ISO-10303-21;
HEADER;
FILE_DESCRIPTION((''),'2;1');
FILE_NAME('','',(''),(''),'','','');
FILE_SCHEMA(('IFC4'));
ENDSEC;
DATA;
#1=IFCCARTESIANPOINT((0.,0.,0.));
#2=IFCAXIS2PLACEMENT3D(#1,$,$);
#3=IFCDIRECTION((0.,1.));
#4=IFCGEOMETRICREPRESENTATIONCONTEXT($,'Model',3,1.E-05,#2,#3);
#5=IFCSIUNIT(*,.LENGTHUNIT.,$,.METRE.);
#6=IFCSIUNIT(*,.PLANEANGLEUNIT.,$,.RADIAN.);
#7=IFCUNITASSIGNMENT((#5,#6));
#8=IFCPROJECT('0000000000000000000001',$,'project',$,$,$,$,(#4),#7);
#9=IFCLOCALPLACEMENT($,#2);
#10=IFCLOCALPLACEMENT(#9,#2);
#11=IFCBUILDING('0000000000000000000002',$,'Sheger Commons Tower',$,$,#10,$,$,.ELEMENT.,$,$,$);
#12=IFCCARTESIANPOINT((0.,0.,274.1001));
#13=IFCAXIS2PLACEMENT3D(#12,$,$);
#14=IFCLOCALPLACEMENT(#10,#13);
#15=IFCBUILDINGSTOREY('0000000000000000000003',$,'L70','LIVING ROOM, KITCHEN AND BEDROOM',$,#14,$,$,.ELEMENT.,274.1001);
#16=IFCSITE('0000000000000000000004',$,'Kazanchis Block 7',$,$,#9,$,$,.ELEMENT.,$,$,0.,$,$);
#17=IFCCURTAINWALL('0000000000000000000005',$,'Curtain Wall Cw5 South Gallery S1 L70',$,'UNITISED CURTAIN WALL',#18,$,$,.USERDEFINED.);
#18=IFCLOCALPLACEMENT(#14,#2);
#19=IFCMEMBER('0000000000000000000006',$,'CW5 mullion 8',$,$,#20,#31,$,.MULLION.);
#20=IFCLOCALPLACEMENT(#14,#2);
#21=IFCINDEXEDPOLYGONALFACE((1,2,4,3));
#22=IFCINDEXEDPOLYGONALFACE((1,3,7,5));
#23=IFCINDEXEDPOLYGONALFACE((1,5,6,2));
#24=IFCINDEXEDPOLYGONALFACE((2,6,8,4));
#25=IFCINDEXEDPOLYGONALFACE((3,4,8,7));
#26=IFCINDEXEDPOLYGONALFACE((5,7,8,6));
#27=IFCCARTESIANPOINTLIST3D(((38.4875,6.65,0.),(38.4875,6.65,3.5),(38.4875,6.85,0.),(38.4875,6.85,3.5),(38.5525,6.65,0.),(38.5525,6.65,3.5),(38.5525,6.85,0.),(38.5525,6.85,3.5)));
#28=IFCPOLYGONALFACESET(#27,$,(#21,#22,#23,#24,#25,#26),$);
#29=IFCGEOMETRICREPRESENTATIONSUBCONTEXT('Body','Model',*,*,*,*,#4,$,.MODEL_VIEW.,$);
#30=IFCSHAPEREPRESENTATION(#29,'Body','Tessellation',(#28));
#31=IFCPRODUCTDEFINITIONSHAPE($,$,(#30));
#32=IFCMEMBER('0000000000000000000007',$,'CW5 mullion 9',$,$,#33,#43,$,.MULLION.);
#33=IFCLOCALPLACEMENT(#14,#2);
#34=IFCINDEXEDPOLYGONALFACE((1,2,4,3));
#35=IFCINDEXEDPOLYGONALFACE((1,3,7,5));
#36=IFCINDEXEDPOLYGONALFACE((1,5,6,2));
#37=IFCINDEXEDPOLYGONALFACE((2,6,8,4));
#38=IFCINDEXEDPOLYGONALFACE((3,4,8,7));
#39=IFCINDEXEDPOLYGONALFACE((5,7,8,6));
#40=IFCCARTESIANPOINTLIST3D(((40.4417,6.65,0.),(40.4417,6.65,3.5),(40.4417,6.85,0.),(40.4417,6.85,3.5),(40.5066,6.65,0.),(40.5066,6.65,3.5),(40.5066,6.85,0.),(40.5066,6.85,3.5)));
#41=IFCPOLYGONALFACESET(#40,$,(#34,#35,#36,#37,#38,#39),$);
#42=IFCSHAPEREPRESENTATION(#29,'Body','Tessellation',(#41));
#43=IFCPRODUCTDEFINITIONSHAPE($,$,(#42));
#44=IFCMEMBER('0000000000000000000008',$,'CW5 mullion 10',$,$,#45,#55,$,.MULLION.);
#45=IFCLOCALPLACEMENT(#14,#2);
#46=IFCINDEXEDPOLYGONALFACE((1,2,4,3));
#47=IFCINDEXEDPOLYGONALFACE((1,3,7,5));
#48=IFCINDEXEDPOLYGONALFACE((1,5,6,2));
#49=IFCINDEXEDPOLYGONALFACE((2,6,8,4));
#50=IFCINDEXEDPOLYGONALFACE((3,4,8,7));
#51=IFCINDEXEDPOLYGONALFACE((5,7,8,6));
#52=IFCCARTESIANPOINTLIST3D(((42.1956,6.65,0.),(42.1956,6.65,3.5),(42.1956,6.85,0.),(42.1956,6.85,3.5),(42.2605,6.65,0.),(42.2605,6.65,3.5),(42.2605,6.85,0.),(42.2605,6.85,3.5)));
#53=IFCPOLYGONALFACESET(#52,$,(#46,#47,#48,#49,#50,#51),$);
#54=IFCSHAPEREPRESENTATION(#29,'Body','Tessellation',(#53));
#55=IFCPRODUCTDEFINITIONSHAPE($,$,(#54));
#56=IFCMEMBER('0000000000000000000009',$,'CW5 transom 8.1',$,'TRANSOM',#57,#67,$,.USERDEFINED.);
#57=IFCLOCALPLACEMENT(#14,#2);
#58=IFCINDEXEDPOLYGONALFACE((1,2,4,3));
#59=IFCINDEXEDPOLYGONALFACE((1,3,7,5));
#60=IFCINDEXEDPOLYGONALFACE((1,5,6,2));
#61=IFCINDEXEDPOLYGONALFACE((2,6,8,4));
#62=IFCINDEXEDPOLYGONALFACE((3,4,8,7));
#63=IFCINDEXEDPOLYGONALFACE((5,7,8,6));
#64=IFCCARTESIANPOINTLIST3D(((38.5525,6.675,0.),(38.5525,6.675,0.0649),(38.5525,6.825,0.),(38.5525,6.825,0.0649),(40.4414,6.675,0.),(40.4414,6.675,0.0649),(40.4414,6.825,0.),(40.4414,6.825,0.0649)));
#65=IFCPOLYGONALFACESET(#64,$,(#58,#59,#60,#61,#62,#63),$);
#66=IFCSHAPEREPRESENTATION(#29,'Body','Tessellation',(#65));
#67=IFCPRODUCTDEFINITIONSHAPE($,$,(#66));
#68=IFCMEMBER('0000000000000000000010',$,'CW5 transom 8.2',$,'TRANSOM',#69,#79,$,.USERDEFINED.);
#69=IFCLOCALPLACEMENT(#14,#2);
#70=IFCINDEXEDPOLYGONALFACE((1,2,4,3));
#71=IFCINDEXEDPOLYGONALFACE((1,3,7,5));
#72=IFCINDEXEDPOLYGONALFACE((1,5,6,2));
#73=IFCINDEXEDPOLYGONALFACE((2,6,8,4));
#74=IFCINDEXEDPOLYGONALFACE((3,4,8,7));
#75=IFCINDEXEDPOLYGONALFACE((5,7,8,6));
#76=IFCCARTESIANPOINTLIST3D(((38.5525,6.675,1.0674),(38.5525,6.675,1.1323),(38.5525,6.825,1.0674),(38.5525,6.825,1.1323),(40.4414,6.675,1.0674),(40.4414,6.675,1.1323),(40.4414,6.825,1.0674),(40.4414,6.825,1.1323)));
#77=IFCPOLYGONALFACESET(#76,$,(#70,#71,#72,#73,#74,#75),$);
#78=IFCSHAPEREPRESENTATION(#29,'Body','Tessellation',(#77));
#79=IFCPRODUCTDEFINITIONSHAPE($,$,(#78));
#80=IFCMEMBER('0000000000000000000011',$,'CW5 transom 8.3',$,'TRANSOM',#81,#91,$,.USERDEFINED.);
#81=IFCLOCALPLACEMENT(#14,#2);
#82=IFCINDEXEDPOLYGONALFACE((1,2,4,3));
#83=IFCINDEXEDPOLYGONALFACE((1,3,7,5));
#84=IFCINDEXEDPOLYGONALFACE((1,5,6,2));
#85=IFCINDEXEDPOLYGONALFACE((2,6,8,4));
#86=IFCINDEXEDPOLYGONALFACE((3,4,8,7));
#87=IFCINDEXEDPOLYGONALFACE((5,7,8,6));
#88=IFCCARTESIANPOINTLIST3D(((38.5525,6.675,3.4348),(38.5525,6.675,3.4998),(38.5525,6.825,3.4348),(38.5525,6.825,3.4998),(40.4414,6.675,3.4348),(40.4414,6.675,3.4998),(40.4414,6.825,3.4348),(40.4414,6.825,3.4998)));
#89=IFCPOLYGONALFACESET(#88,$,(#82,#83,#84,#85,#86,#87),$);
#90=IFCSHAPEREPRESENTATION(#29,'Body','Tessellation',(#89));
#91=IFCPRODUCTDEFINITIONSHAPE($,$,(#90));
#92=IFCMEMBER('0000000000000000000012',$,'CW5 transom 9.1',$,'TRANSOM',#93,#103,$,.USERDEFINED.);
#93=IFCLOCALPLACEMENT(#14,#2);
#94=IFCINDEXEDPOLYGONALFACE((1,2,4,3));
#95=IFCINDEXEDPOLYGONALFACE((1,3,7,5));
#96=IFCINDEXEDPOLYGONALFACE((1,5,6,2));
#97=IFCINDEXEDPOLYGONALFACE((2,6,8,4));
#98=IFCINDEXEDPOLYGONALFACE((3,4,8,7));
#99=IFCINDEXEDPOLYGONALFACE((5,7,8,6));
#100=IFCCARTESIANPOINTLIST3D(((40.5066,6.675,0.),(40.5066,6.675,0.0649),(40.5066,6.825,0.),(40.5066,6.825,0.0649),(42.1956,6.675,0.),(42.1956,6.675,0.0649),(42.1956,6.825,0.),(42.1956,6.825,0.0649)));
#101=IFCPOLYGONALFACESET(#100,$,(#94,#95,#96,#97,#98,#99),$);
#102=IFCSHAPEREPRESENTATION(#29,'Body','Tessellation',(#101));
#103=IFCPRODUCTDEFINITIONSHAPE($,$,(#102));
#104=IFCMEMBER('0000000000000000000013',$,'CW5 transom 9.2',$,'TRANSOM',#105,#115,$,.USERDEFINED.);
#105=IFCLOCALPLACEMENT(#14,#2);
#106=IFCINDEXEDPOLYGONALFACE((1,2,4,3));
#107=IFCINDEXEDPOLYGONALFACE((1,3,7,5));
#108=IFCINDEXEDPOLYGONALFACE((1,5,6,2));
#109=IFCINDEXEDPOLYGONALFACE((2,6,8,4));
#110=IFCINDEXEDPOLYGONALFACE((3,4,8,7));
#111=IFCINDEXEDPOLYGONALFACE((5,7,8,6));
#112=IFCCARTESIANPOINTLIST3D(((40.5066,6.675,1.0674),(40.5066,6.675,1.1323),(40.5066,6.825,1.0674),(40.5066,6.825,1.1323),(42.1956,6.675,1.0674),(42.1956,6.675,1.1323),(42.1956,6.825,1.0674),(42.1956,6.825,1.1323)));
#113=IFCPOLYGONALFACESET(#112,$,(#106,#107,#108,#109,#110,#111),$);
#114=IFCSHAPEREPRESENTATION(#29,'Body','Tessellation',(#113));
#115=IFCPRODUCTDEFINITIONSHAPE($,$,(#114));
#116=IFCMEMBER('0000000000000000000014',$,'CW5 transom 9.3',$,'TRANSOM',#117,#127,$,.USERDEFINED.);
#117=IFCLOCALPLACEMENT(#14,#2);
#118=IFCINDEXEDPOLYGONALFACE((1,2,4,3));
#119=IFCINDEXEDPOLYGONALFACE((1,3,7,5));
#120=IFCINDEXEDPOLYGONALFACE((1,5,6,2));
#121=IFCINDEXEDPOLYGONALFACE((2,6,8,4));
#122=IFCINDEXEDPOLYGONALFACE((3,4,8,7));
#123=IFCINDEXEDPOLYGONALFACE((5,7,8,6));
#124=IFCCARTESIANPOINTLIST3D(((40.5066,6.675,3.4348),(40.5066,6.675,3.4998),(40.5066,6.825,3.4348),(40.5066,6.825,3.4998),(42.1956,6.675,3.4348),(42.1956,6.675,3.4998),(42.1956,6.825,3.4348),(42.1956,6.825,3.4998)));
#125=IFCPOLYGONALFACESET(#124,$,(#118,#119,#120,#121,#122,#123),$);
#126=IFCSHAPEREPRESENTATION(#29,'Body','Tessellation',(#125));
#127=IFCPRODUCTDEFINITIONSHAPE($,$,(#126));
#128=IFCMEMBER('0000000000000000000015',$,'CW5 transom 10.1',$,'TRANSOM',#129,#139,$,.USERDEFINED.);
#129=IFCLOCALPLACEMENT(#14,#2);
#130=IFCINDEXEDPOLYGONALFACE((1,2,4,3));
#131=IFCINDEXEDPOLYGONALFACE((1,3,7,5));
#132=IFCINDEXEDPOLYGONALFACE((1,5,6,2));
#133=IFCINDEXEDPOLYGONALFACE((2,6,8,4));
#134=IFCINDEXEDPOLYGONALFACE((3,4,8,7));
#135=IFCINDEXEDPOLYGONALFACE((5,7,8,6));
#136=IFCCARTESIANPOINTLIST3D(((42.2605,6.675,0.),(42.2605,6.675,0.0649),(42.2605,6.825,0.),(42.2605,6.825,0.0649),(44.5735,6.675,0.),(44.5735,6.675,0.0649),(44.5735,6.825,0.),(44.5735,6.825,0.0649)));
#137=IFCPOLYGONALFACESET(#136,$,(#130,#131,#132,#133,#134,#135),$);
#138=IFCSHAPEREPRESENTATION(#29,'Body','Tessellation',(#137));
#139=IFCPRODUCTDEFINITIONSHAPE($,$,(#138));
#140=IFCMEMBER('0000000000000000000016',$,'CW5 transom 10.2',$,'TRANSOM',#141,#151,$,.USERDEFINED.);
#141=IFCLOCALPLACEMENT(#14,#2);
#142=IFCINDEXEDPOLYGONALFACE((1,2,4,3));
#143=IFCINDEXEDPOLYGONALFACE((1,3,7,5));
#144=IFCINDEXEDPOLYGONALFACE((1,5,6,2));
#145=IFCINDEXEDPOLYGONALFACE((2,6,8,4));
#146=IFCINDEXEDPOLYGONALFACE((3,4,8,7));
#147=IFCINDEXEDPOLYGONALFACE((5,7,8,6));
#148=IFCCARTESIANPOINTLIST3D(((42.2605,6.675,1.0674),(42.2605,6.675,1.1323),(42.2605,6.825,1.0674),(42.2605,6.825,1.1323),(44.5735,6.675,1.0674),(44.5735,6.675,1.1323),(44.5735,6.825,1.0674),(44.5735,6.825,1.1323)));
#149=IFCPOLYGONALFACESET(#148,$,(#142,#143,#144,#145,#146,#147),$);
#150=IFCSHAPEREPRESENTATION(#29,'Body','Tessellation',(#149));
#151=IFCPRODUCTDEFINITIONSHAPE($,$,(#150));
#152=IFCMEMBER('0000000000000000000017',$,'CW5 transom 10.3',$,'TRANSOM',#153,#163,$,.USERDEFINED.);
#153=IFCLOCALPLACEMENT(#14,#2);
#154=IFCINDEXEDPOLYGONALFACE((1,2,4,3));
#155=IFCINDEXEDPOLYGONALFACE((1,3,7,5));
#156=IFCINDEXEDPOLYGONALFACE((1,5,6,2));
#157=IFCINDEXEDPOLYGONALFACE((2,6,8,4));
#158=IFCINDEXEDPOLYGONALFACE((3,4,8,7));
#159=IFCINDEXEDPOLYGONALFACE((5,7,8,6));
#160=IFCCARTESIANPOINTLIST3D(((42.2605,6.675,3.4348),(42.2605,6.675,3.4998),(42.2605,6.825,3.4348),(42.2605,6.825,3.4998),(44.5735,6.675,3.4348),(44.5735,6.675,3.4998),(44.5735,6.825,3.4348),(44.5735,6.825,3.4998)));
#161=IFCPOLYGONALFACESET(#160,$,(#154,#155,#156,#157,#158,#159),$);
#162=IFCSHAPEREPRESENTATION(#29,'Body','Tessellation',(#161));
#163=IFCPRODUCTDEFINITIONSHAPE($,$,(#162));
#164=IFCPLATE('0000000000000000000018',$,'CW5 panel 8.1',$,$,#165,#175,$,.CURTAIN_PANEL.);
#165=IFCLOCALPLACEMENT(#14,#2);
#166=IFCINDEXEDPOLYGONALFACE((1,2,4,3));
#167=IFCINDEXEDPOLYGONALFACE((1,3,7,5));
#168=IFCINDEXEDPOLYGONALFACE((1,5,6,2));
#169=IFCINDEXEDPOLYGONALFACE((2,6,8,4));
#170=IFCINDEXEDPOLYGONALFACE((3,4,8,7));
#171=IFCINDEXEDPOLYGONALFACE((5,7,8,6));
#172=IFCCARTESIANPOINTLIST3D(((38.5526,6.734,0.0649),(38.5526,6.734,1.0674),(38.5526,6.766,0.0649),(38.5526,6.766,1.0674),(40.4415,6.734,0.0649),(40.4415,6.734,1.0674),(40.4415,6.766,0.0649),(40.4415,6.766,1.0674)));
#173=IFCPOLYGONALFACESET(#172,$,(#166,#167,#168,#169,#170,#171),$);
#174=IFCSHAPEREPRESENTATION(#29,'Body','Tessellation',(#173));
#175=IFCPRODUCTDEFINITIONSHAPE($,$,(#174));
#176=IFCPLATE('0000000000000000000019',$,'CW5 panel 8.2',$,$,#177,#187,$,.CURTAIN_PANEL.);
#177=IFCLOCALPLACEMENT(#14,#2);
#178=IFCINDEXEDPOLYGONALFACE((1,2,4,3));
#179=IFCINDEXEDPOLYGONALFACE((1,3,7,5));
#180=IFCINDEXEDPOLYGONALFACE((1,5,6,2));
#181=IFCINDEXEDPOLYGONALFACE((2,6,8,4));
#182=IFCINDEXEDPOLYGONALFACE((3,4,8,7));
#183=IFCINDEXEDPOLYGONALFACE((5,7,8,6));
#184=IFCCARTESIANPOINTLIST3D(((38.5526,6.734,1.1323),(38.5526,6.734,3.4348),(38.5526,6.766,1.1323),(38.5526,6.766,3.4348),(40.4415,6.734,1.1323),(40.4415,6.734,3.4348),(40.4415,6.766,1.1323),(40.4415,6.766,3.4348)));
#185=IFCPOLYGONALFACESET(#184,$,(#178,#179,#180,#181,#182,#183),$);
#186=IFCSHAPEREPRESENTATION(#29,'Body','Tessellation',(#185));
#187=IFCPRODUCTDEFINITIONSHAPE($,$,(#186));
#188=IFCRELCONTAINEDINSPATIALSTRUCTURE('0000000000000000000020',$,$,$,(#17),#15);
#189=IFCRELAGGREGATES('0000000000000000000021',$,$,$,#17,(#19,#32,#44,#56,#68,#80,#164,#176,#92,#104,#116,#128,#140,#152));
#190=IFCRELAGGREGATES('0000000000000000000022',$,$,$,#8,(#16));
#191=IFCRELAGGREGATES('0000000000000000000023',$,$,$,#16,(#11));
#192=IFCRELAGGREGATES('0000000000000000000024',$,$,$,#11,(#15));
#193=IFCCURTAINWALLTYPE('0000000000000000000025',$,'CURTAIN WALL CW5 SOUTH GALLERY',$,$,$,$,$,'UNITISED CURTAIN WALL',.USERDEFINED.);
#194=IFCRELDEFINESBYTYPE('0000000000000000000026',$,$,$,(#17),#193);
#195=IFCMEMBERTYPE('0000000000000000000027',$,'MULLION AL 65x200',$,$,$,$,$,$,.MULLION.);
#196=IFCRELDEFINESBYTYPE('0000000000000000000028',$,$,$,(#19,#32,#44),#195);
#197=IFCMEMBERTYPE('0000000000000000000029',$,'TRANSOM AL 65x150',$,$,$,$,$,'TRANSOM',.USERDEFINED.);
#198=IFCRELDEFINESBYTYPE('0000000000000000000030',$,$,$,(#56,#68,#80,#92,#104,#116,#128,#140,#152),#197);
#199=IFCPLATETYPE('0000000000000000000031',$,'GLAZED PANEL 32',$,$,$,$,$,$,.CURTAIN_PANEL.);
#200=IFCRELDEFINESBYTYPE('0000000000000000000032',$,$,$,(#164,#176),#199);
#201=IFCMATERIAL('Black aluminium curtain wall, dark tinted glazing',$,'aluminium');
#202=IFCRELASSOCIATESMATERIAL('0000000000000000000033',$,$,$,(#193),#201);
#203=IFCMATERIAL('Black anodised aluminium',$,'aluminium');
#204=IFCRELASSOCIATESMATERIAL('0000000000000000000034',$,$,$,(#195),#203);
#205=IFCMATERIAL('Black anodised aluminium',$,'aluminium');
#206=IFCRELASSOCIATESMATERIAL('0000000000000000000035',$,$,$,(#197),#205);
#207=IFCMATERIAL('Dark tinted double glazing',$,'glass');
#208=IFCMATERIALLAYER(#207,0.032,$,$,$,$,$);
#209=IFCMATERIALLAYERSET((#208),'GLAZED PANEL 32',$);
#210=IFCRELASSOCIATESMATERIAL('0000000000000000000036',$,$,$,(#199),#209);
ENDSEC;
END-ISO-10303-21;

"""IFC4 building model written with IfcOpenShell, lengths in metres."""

from ifc_helpers import new_model, si_unit, direction, frame, origin, origin_2d, place, context, subcontext, project, spatial, rectangle, extrude, material, layer, layer_set, material_profile, profile_set, type_object, element, aggregate, save


model = new_model("IFC4")

# Units and contexts
model_context = context("Model", 3, precision=1e-05, world=origin(), true_north=direction((0.0, 1.0)))
body_context = subcontext(model_context, "Body", "Model", "MODEL_VIEW")
ifc_project = project(units=[si_unit("LENGTHUNIT", "METRE"), si_unit("PLANEANGLEUNIT", "RADIAN")], contexts=[model_context])

# Site, building, storey
site_placement = place(None, origin())
site = spatial("IfcSite", under=ifc_project, at=site_placement, Name="Kazanchis Block 7", CompositionType="ELEMENT", RefElevation=0.0)
building_placement = place(site_placement, origin())
building = spatial("IfcBuilding", under=site, at=building_placement, Name="Sheger Commons Tower", CompositionType="ELEMENT")
storey_placement = place(building_placement, frame((0.0, 0.0, 274.1001)))
storey = spatial("IfcBuildingStorey", under=building, at=storey_placement, Name="L70", Description="LIVING ROOM, KITCHEN AND BEDROOM", CompositionType="ELEMENT", Elevation=274.1001)

# Curtain wall, members, plates
ifc_material_1 = material(Name="Black aluminium curtain wall, dark tinted glazing", Category="aluminium")
curtain_wall_type = type_object("IfcCurtainWallType", Name="CURTAIN WALL CW5 SOUTH GALLERY", ElementType="UNITISED CURTAIN WALL", PredefinedType="USERDEFINED", material=ifc_material_1)
curtain_wall_placement = place(storey_placement, origin())
curtain_wall = element("IfcCurtainWall", 1, at=curtain_wall_placement, inside=storey, type_object=curtain_wall_type, Name="Curtain Wall Cw5 South Gallery S1 L70", ObjectType="UNITISED CURTAIN WALL", PredefinedType="USERDEFINED")
ifc_material_2 = material(Name="Black anodised aluminium", Category="aluminium")
ifc_material_profile_1 = material_profile(ifc_material_2, rectangle(XDim=0.2, YDim=0.0649, at=origin_2d()), Name="AL 65x200")
ifc_profile_set_1 = profile_set([ifc_material_profile_1], Name="Black anodised aluminium")
member_type_1 = type_object("IfcMemberType", Name="MULLION AL 65x200", PredefinedType="MULLION", material=ifc_profile_set_1)
member_1_placement = place(storey_placement, frame((38.52, 6.75, 0.0), z_axis=(0.0, 0.0, 1.0), x_axis=(0.0, 1.0, 0.0)))
member_1 = element("IfcMember", 2, at=member_1_placement, type_object=member_type_1, Name="CW5 mullion 8", PredefinedType="MULLION", context=body_context, shape_type="SweptSolid", body=[
    extrude(rectangle(XDim=0.2, YDim=0.0649, at=origin_2d()), origin(), (0.0, 0.0, 1.0), 3.5),
])
member_2_placement = place(storey_placement, frame((40.4741, 6.75, 0.0), z_axis=(0.0, 0.0, 1.0), x_axis=(0.0, 1.0, 0.0)))
member_2 = element("IfcMember", 3, at=member_2_placement, type_object=member_type_1, Name="CW5 mullion 9", PredefinedType="MULLION", context=body_context, shape_type="SweptSolid", body=[
    extrude(rectangle(XDim=0.2, YDim=0.0649, at=origin_2d()), origin(), (0.0, 0.0, 1.0), 3.5),
])
member_3_placement = place(storey_placement, frame((42.228, 6.75, 0.0), z_axis=(0.0, 0.0, 1.0), x_axis=(0.0, 1.0, 0.0)))
member_3 = element("IfcMember", 4, at=member_3_placement, type_object=member_type_1, Name="CW5 mullion 10", PredefinedType="MULLION", context=body_context, shape_type="SweptSolid", body=[
    extrude(rectangle(XDim=0.2, YDim=0.0649, at=origin_2d()), origin(), (0.0, 0.0, 1.0), 3.5),
])
ifc_material_3 = material(Name="Black anodised aluminium", Category="aluminium")
ifc_material_profile_2 = material_profile(ifc_material_3, rectangle(XDim=0.1499, YDim=0.0649, at=origin_2d()), Name="AL 65x150")
ifc_profile_set_2 = profile_set([ifc_material_profile_2], Name="Black anodised aluminium")
member_type_2 = type_object("IfcMemberType", Name="TRANSOM AL 65x150", ElementType="TRANSOM", PredefinedType="USERDEFINED", material=ifc_profile_set_2)
member_4_placement = place(storey_placement, frame((38.5525, 6.75, 0.0325), z_axis=(1.0, 0.0, 0.0), x_axis=(0.0, 1.0, 0.0)))
member_4 = element("IfcMember", 5, at=member_4_placement, type_object=member_type_2, Name="CW5 transom 8.1", ObjectType="TRANSOM", PredefinedType="USERDEFINED", context=body_context, shape_type="SweptSolid", body=[
    extrude(rectangle(XDim=0.1499, YDim=0.0649, at=origin_2d()), origin(), (0.0, 0.0, 1.0), 1.8889),
])
member_5_placement = place(storey_placement, frame((38.5525, 6.75, 1.0999), z_axis=(1.0, 0.0, 0.0), x_axis=(0.0, 1.0, 0.0)))
member_5 = element("IfcMember", 6, at=member_5_placement, type_object=member_type_2, Name="CW5 transom 8.2", ObjectType="TRANSOM", PredefinedType="USERDEFINED", context=body_context, shape_type="SweptSolid", body=[
    extrude(rectangle(XDim=0.1499, YDim=0.0649, at=origin_2d()), origin(), (0.0, 0.0, 1.0), 1.8889),
])
member_6_placement = place(storey_placement, frame((38.5525, 6.75, 3.4673), z_axis=(1.0, 0.0, 0.0), x_axis=(0.0, 1.0, 0.0)))
member_6 = element("IfcMember", 7, at=member_6_placement, type_object=member_type_2, Name="CW5 transom 8.3", ObjectType="TRANSOM", PredefinedType="USERDEFINED", context=body_context, shape_type="SweptSolid", body=[
    extrude(rectangle(XDim=0.1499, YDim=0.0649, at=origin_2d()), origin(), (0.0, 0.0, 1.0), 1.8889),
])
member_7_placement = place(storey_placement, frame((40.5066, 6.75, 0.0325), z_axis=(1.0, 0.0, 0.0), x_axis=(0.0, 1.0, 0.0)))
member_7 = element("IfcMember", 8, at=member_7_placement, type_object=member_type_2, Name="CW5 transom 9.1", ObjectType="TRANSOM", PredefinedType="USERDEFINED", context=body_context, shape_type="SweptSolid", body=[
    extrude(rectangle(XDim=0.1499, YDim=0.0649, at=origin_2d()), origin(), (0.0, 0.0, 1.0), 1.689),
])
member_8_placement = place(storey_placement, frame((40.5066, 6.75, 1.0999), z_axis=(1.0, 0.0, 0.0), x_axis=(0.0, 1.0, 0.0)))
member_8 = element("IfcMember", 9, at=member_8_placement, type_object=member_type_2, Name="CW5 transom 9.2", ObjectType="TRANSOM", PredefinedType="USERDEFINED", context=body_context, shape_type="SweptSolid", body=[
    extrude(rectangle(XDim=0.1499, YDim=0.0649, at=origin_2d()), origin(), (0.0, 0.0, 1.0), 1.689),
])
member_9_placement = place(storey_placement, frame((40.5066, 6.75, 3.4673), z_axis=(1.0, 0.0, 0.0), x_axis=(0.0, 1.0, 0.0)))
member_9 = element("IfcMember", 10, at=member_9_placement, type_object=member_type_2, Name="CW5 transom 9.3", ObjectType="TRANSOM", PredefinedType="USERDEFINED", context=body_context, shape_type="SweptSolid", body=[
    extrude(rectangle(XDim=0.1499, YDim=0.0649, at=origin_2d()), origin(), (0.0, 0.0, 1.0), 1.689),
])
member_10_placement = place(storey_placement, frame((42.2605, 6.75, 0.0325), z_axis=(1.0, 0.0, 0.0), x_axis=(0.0, 1.0, 0.0)))
member_10 = element("IfcMember", 11, at=member_10_placement, type_object=member_type_2, Name="CW5 transom 10.1", ObjectType="TRANSOM", PredefinedType="USERDEFINED", context=body_context, shape_type="SweptSolid", body=[
    extrude(rectangle(XDim=0.1499, YDim=0.0649, at=origin_2d()), origin(), (0.0, 0.0, 1.0), 2.313),
])
member_11_placement = place(storey_placement, frame((42.2605, 6.75, 1.0999), z_axis=(1.0, 0.0, 0.0), x_axis=(0.0, 1.0, 0.0)))
member_11 = element("IfcMember", 12, at=member_11_placement, type_object=member_type_2, Name="CW5 transom 10.2", ObjectType="TRANSOM", PredefinedType="USERDEFINED", context=body_context, shape_type="SweptSolid", body=[
    extrude(rectangle(XDim=0.1499, YDim=0.0649, at=origin_2d()), origin(), (0.0, 0.0, 1.0), 2.313),
])
member_12_placement = place(storey_placement, frame((42.2605, 6.75, 3.4673), z_axis=(1.0, 0.0, 0.0), x_axis=(0.0, 1.0, 0.0)))
member_12 = element("IfcMember", 13, at=member_12_placement, type_object=member_type_2, Name="CW5 transom 10.3", ObjectType="TRANSOM", PredefinedType="USERDEFINED", context=body_context, shape_type="SweptSolid", body=[
    extrude(rectangle(XDim=0.1499, YDim=0.0649, at=origin_2d()), origin(), (0.0, 0.0, 1.0), 2.313),
])
ifc_material_4 = material(Name="Dark tinted double glazing", Category="glass")
ifc_layer_1 = layer(ifc_material_4, 0.032)
ifc_layer_set_1 = layer_set([ifc_layer_1], Name="GLAZED PANEL 32")
plate_type_1 = type_object("IfcPlateType", Name="GLAZED PANEL 32", PredefinedType="CURTAIN_PANEL", material=ifc_layer_set_1)
plate_1_placement = place(storey_placement, frame((39.4971, 6.75, 0.0649), z_axis=(0.0, 0.0, 1.0), x_axis=(1.0, 0.0, 0.0)))
plate_1 = element("IfcPlate", 14, at=plate_1_placement, type_object=plate_type_1, Name="CW5 panel 8.1", PredefinedType="CURTAIN_PANEL", context=body_context, shape_type="SweptSolid", body=[
    extrude(rectangle(XDim=1.8889, YDim=0.032, at=origin_2d()), origin(), (0.0, 0.0, 1.0), 1.0024),
])
plate_2_placement = place(storey_placement, frame((39.4971, 6.75, 1.1323), z_axis=(0.0, 0.0, 1.0), x_axis=(1.0, 0.0, 0.0)))
plate_2 = element("IfcPlate", 15, at=plate_2_placement, type_object=plate_type_1, Name="CW5 panel 8.2", PredefinedType="CURTAIN_PANEL", context=body_context, shape_type="SweptSolid", body=[
    extrude(rectangle(XDim=1.8889, YDim=0.032, at=origin_2d()), origin(), (0.0, 0.0, 1.0), 2.3025),
])
aggregate(curtain_wall, [member_1, member_2, member_3, member_4, member_5, member_6, plate_1, plate_2, member_7, member_8, member_9, member_10, member_11, member_12])

save(model, "model.ifc")
